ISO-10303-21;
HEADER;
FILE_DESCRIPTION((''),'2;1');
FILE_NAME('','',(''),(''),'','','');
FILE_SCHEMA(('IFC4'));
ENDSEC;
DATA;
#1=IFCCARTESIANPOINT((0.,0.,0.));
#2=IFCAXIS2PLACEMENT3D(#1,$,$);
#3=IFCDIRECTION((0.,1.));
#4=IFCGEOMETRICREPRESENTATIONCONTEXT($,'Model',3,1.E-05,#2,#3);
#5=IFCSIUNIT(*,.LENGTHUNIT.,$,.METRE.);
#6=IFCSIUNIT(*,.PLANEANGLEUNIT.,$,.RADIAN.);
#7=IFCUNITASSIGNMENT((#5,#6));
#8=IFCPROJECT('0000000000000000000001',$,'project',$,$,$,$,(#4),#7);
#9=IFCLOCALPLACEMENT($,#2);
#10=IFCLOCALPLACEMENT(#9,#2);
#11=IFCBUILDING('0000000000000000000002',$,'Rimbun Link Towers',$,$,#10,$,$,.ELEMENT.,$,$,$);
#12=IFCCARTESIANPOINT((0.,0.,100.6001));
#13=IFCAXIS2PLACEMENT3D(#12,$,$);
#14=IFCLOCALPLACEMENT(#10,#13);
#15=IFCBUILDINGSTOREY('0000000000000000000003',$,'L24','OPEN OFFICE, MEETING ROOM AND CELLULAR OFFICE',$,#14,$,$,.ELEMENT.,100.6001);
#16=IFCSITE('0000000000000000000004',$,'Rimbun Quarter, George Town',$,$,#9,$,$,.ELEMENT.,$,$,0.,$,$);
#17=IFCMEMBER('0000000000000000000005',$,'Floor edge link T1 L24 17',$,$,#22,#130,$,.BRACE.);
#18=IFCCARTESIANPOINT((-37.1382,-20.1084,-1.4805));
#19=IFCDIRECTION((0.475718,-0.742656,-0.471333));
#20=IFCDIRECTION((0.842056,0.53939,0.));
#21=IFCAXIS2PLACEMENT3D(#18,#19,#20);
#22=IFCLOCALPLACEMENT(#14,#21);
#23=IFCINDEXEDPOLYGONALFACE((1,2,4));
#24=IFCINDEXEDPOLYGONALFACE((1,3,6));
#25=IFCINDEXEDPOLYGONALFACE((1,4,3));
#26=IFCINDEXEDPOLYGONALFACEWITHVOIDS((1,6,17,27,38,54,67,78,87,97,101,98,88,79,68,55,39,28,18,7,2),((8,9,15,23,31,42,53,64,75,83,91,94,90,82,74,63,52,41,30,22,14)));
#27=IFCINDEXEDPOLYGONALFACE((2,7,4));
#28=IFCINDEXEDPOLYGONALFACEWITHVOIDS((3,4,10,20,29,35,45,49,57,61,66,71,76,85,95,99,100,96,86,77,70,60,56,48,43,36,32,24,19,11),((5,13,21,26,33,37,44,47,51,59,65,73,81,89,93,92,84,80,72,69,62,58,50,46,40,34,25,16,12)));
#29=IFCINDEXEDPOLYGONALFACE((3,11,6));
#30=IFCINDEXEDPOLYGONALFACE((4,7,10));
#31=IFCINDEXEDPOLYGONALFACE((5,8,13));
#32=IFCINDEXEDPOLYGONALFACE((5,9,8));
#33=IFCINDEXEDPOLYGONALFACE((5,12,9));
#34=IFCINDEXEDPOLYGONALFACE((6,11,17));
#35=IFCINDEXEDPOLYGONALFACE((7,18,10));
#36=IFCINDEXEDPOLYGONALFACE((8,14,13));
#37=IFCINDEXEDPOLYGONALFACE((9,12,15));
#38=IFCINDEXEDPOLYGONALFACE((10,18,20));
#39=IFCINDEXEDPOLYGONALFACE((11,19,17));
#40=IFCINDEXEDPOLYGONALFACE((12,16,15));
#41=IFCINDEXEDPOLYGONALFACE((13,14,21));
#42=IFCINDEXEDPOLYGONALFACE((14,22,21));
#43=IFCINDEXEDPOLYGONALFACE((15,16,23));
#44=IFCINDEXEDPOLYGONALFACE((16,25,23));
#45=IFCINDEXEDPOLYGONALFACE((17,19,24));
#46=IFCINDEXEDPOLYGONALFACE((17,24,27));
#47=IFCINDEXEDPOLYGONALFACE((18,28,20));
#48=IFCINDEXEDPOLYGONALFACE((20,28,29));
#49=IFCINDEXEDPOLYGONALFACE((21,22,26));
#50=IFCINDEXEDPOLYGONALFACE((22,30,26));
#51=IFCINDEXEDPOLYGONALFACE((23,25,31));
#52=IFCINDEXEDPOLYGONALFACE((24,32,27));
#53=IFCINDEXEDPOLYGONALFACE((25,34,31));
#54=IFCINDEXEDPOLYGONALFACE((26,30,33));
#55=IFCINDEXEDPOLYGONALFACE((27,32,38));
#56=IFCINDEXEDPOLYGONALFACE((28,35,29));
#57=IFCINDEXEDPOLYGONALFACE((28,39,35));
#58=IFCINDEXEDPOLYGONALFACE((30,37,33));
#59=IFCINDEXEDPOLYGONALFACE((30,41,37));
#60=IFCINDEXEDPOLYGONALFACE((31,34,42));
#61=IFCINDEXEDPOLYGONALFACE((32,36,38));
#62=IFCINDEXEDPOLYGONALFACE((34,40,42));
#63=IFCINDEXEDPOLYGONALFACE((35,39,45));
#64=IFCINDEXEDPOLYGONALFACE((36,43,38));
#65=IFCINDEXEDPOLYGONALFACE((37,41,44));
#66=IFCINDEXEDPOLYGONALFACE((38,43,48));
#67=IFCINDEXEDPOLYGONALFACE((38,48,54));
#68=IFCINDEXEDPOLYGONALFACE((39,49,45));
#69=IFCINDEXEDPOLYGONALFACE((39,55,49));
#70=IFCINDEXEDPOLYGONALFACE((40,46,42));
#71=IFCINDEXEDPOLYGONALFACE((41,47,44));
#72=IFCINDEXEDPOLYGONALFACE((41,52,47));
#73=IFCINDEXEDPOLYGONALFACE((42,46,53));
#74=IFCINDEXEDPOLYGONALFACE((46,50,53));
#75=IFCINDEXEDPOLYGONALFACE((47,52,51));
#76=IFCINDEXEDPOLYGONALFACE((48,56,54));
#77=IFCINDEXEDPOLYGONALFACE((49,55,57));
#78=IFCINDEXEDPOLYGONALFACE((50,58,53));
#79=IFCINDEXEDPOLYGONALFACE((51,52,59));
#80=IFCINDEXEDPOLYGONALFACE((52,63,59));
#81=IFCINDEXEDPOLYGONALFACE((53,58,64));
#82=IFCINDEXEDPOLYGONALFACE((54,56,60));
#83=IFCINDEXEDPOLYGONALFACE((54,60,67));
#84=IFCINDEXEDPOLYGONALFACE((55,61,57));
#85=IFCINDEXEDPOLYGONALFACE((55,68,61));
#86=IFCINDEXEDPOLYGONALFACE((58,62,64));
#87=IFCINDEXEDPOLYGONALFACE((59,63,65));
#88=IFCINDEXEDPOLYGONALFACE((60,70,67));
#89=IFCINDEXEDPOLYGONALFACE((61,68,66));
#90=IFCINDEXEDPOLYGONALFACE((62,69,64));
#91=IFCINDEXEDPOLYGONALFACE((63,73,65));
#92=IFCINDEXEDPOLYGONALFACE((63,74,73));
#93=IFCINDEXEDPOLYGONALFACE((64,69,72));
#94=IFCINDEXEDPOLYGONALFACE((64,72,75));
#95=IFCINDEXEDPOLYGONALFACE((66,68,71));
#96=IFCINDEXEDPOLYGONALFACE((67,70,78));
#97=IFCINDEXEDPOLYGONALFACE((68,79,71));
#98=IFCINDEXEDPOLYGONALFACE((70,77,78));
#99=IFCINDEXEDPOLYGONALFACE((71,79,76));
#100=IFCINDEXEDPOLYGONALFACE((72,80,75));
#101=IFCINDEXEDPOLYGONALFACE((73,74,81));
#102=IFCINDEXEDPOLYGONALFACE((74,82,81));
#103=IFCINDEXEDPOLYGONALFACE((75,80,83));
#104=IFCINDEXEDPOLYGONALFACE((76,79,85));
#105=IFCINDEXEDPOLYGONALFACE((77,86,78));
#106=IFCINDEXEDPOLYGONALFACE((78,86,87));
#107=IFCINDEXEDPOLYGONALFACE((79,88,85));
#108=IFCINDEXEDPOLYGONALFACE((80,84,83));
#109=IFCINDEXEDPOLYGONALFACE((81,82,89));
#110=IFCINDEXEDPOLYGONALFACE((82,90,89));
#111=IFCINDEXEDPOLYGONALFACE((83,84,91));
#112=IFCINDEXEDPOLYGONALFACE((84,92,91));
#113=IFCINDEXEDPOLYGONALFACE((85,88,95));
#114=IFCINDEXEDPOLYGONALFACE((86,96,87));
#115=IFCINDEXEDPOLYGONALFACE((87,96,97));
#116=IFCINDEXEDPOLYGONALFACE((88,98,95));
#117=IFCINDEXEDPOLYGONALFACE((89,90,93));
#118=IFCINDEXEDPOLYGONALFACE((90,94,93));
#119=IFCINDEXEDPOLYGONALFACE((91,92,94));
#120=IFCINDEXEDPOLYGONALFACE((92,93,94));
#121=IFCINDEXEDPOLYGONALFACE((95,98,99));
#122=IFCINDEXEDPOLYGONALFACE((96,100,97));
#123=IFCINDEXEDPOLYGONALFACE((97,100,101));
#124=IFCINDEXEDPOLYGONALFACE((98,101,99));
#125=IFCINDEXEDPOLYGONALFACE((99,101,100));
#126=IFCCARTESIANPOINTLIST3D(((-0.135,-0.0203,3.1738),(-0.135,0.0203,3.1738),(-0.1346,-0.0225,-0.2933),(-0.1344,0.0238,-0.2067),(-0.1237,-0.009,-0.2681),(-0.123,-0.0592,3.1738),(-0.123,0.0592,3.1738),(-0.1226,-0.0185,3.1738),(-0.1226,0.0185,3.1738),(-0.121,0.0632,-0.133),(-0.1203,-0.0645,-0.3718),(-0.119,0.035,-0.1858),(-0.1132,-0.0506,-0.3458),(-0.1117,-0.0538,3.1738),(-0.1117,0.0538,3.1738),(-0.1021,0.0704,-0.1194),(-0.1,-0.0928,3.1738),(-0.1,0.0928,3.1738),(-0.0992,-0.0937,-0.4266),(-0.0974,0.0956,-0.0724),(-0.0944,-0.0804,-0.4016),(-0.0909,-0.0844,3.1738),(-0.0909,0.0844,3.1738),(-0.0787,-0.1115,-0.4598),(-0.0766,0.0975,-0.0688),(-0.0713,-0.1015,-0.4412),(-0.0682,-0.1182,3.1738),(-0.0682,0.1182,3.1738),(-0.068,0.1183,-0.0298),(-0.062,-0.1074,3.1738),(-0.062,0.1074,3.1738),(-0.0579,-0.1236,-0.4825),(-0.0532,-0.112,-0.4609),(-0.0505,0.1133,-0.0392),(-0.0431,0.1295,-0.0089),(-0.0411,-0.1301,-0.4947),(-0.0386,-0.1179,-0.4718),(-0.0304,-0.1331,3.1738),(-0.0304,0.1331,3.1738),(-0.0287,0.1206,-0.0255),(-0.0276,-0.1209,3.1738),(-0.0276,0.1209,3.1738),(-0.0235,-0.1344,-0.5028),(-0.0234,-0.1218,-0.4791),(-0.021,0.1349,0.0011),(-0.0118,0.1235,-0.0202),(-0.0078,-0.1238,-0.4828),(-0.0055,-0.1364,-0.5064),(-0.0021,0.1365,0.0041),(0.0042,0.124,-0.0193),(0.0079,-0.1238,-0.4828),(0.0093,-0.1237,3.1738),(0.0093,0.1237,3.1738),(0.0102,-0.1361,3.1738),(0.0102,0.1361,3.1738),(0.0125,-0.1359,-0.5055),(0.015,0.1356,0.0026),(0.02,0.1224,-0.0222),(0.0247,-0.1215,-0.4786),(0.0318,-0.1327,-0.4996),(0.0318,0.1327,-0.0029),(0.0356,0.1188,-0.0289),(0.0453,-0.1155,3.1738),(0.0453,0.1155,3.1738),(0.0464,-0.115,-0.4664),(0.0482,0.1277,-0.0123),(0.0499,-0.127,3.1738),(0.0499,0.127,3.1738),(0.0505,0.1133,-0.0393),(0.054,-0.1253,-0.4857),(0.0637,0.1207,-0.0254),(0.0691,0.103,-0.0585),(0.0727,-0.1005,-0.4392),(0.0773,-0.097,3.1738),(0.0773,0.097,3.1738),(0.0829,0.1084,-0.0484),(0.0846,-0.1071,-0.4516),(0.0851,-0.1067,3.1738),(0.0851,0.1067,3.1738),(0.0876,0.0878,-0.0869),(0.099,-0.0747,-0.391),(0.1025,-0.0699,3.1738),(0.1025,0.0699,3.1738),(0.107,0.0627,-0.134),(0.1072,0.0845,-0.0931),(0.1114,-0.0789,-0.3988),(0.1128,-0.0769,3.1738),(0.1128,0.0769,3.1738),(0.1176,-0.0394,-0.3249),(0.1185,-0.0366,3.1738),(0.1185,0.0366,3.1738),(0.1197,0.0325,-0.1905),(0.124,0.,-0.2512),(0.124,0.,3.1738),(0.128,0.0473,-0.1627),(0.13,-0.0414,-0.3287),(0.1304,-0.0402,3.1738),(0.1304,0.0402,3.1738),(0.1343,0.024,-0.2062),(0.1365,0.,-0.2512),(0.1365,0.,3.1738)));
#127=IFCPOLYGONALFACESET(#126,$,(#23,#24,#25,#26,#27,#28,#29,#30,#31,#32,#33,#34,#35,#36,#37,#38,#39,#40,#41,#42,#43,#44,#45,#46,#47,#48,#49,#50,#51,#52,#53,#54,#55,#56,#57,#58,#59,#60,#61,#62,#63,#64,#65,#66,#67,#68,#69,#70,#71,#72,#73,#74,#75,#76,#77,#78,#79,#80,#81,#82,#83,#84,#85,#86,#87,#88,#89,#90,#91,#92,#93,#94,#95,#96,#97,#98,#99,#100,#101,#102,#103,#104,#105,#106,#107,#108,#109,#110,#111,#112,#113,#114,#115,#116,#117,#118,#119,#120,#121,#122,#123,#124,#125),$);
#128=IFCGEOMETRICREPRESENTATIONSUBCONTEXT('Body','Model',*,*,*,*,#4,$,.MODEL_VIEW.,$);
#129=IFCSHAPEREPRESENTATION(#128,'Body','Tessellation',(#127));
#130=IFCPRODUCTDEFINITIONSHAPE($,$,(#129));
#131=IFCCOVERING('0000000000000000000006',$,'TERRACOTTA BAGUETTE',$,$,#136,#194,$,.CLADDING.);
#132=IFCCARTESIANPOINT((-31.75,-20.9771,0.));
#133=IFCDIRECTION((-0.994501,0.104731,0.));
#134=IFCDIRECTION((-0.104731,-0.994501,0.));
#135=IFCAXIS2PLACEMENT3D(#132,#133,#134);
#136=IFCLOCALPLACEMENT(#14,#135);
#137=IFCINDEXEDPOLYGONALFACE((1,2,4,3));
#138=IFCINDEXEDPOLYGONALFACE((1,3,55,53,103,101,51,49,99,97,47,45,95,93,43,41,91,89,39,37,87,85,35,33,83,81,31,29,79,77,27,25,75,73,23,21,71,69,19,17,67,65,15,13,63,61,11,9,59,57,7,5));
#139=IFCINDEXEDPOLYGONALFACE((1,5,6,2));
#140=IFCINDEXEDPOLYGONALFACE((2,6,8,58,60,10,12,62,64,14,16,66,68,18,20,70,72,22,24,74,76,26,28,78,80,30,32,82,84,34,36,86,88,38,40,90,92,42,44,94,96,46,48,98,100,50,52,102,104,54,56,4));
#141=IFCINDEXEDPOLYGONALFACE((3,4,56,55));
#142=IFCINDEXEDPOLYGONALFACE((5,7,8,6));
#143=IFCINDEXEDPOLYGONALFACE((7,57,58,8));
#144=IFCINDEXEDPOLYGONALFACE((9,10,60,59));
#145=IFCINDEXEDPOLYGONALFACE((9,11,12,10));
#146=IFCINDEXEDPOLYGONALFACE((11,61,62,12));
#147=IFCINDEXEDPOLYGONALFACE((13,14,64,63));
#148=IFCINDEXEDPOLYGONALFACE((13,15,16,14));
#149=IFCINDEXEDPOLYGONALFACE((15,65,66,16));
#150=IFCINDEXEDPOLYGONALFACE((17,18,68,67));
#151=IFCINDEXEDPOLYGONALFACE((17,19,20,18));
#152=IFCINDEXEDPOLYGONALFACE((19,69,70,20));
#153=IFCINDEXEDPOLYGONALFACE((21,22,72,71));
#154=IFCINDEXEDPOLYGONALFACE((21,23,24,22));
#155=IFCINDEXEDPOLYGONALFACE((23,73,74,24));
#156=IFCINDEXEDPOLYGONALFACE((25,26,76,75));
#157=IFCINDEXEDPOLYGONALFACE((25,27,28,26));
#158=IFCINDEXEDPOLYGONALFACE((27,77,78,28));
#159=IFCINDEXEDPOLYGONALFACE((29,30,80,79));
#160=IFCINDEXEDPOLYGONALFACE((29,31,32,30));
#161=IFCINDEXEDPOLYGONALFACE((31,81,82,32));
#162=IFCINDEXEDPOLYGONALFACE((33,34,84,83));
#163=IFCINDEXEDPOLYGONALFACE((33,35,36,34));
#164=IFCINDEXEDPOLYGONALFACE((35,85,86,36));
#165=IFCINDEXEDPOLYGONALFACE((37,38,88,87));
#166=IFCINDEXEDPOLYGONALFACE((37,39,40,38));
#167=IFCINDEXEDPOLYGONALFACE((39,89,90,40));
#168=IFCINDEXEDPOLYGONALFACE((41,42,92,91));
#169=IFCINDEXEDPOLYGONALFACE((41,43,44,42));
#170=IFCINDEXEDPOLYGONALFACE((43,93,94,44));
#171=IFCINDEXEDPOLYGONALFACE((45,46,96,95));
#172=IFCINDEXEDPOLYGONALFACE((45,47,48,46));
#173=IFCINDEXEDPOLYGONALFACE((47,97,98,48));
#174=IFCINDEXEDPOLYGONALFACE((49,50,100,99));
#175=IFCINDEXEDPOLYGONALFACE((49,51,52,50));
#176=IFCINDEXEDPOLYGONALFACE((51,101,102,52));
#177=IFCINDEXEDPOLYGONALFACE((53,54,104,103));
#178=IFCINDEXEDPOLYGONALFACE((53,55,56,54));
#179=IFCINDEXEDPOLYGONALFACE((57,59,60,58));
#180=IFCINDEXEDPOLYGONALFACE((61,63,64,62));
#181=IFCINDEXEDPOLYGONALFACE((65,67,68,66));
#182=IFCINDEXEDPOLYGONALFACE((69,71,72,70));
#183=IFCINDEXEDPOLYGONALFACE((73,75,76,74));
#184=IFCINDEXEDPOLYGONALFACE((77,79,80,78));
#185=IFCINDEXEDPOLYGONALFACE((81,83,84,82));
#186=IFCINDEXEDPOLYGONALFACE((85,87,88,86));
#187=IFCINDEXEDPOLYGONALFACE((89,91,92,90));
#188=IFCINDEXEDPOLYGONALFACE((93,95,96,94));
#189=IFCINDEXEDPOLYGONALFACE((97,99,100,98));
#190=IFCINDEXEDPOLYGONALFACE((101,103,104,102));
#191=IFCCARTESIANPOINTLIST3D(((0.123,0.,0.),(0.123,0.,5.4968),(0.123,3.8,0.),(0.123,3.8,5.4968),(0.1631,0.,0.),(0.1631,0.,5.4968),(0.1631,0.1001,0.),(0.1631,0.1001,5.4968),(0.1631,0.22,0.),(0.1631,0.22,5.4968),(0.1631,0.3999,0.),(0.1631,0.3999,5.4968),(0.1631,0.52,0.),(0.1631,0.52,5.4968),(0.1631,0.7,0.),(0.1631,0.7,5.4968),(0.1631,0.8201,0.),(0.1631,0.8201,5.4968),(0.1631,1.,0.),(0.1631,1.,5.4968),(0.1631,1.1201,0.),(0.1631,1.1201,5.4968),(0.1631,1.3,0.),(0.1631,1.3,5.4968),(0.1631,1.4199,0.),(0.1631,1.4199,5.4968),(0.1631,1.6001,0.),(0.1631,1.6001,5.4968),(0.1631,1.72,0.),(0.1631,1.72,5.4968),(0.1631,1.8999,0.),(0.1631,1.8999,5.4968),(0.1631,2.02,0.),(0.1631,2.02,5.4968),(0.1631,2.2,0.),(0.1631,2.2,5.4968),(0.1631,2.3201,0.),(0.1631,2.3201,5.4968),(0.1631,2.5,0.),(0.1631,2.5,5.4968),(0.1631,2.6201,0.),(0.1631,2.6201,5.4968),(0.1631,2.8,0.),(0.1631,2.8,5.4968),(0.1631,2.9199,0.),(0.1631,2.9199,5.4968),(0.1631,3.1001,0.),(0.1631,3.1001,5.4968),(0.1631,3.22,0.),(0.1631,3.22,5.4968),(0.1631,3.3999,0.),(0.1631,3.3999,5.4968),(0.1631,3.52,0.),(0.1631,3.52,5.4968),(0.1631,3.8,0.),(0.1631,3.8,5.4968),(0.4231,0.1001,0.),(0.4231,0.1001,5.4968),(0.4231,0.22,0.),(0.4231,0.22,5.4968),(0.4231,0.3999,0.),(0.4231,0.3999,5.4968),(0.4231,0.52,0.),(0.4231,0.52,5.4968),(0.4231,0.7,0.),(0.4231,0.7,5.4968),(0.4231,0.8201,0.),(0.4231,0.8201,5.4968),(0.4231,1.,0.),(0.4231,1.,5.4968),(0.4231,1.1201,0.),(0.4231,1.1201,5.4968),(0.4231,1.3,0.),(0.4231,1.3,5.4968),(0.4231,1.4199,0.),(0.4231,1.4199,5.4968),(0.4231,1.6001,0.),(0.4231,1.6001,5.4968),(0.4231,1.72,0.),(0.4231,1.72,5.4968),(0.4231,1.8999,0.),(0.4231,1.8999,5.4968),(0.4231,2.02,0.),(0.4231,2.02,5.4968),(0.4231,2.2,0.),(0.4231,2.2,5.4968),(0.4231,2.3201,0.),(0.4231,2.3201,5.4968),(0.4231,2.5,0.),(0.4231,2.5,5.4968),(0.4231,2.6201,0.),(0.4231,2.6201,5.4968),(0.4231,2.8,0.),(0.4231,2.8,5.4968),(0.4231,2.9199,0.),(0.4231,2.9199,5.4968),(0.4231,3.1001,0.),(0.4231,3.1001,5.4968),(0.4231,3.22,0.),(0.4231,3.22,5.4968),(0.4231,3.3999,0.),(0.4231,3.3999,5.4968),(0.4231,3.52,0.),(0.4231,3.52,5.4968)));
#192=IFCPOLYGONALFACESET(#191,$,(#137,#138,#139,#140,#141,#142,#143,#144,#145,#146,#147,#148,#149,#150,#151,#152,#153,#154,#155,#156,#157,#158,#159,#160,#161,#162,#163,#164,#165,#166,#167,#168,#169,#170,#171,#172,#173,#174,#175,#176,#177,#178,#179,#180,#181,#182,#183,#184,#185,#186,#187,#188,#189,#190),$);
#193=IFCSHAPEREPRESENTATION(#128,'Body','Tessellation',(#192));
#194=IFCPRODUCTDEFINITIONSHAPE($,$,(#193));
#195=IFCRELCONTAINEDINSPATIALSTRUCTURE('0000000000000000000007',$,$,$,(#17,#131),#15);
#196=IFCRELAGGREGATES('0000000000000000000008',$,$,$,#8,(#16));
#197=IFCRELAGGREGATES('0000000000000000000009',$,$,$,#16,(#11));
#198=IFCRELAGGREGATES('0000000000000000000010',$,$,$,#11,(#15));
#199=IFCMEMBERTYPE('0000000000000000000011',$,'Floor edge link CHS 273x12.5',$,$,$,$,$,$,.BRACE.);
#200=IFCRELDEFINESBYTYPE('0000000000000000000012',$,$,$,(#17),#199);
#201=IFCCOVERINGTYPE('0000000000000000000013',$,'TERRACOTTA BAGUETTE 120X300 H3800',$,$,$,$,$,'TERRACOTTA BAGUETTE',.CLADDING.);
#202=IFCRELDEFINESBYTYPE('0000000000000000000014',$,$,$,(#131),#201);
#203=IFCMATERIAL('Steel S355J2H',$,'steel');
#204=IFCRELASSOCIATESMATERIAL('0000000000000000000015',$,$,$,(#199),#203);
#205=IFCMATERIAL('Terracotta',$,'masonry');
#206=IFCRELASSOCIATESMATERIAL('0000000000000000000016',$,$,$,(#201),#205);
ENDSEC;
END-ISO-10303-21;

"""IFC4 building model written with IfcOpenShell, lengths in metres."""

from ifc_helpers import new_model, si_unit, direction, frame, origin, origin_2d, place, context, subcontext, project, spatial, polyline, hollow_circle, outline, extrude, clip, halfspace, material, material_profile, profile_set, type_object, element, save


model = new_model("IFC4")

# Units and contexts
model_context = context("Model", 3, precision=1e-05, world=origin(), true_north=direction((0.0, 1.0)))
body_context = subcontext(model_context, "Body", "Model", "MODEL_VIEW")
ifc_project = project(units=[si_unit("LENGTHUNIT", "METRE"), si_unit("PLANEANGLEUNIT", "RADIAN")], contexts=[model_context])

# Site, building, storey
site_placement = place(None, origin())
site = spatial("IfcSite", under=ifc_project, at=site_placement, Name="Rimbun Quarter, George Town", CompositionType="ELEMENT", RefElevation=0.0)
building_placement = place(site_placement, origin())
building = spatial("IfcBuilding", under=site, at=building_placement, Name="Rimbun Link Towers", CompositionType="ELEMENT")
storey_placement = place(building_placement, frame((0.0, 0.0, 100.6001)))
storey = spatial("IfcBuildingStorey", under=building, at=storey_placement, Name="L24", Description="OPEN OFFICE, MEETING ROOM AND CELLULAR OFFICE", CompositionType="ELEMENT", Elevation=100.6001)

# Member
ifc_material_1 = material(Name="Steel S355J2H", Category="steel")
ifc_material_profile_1 = material_profile(ifc_material_1, hollow_circle(Radius=0.1365, WallThickness=0.0125, at=origin_2d()), Name="CHS 273x12.5")
ifc_profile_set_1 = profile_set([ifc_material_profile_1], Name="Steel S355J2H")
member_type_1 = type_object("IfcMemberType", Name="Floor edge link CHS 273x12.5", PredefinedType="BRACE", material=ifc_profile_set_1)
member_1_placement = place(storey_placement, frame((-37.1382, -20.1084, -1.4805), z_axis=(0.475718, -0.742656, -0.471333), x_axis=(0.842056, 0.53939, 0.0)))
element("IfcMember", 1, at=member_1_placement, inside=storey, type_object=member_type_1, Name="Floor edge link T1 L24 17", PredefinedType="BRACE", context=body_context, shape_type="Clipping", body=[
    clip(extrude(hollow_circle(Radius=0.1365, WallThickness=0.0125, at=origin_2d()), frame((0.0, 0.0, -0.532)), (0.0, 0.0, 1.0), 3.7058), halfspace(frame((0.0, 0.0, -0.2512), z_axis=(0.0, 0.881955, -0.471333)), False)),
])

# Covering
ifc_material_2 = material(Name="Terracotta", Category="masonry")
ifc_material_profile_2 = material_profile(ifc_material_2, outline(polyline([(0.123, 0.0), (0.1631, 0.0), (0.1631, 0.1001), (0.4231, 0.1001), (0.4231, 0.22), (0.1631, 0.22), (0.1631, 0.3999), (0.4231, 0.3999), (0.4231, 0.52), (0.1631, 0.52), (0.1631, 0.7), (0.4231, 0.7), (0.4231, 0.8201), (0.1631, 0.8201), (0.1631, 1.0), (0.4231, 1.0), (0.4231, 1.1201), (0.1631, 1.1201), (0.1631, 1.3), (0.4231, 1.3), (0.4231, 1.4199), (0.1631, 1.4199), (0.1631, 1.6001), (0.4231, 1.6001), (0.4231, 1.72), (0.1631, 1.72), (0.1631, 1.8999), (0.4231, 1.8999), (0.4231, 2.02), (0.1631, 2.02), (0.1631, 2.2), (0.4231, 2.2), (0.4231, 2.3201), (0.1631, 2.3201), (0.1631, 2.5), (0.4231, 2.5), (0.4231, 2.6201), (0.1631, 2.6201), (0.1631, 2.8), (0.4231, 2.8), (0.4231, 2.9199), (0.1631, 2.9199), (0.1631, 3.1001), (0.4231, 3.1001), (0.4231, 3.22), (0.1631, 3.22), (0.1631, 3.3999), (0.4231, 3.3999), (0.4231, 3.52), (0.1631, 3.52), (0.1631, 3.8), (0.123, 3.8), (0.123, 0.0)])), Name="BAGUETTE 120X300")
ifc_profile_set_2 = profile_set([ifc_material_profile_2], Name="Terracotta")
covering_type = type_object("IfcCoveringType", Name="TERRACOTTA BAGUETTE 120X300 H3800", ElementType="TERRACOTTA BAGUETTE", PredefinedType="CLADDING", material=ifc_profile_set_2)
covering_placement = place(storey_placement, frame((-31.75, -20.9771, 0.0), z_axis=(-0.994501, 0.104731, 0.0), x_axis=(-0.104731, -0.994501, 0.0)))
element("IfcCovering", 2, at=covering_placement, inside=storey, type_object=covering_type, Name="TERRACOTTA BAGUETTE", PredefinedType="CLADDING", context=body_context, shape_type="SweptSolid", body=[
    extrude(outline(polyline([(0.123, 0.0), (0.1631, 0.0), (0.1631, 0.1001), (0.4231, 0.1001), (0.4231, 0.22), (0.1631, 0.22), (0.1631, 0.3999), (0.4231, 0.3999), (0.4231, 0.52), (0.1631, 0.52), (0.1631, 0.7), (0.4231, 0.7), (0.4231, 0.8201), (0.1631, 0.8201), (0.1631, 1.0), (0.4231, 1.0), (0.4231, 1.1201), (0.1631, 1.1201), (0.1631, 1.3), (0.4231, 1.3), (0.4231, 1.4199), (0.1631, 1.4199), (0.1631, 1.6001), (0.4231, 1.6001), (0.4231, 1.72), (0.1631, 1.72), (0.1631, 1.8999), (0.4231, 1.8999), (0.4231, 2.02), (0.1631, 2.02), (0.1631, 2.2), (0.4231, 2.2), (0.4231, 2.3201), (0.1631, 2.3201), (0.1631, 2.5), (0.4231, 2.5), (0.4231, 2.6201), (0.1631, 2.6201), (0.1631, 2.8), (0.4231, 2.8), (0.4231, 2.9199), (0.1631, 2.9199), (0.1631, 3.1001), (0.4231, 3.1001), (0.4231, 3.22), (0.1631, 3.22), (0.1631, 3.3999), (0.4231, 3.3999), (0.4231, 3.52), (0.1631, 3.52), (0.1631, 3.8), (0.123, 3.8), (0.123, 0.0)])), origin(), (0.0, 0.0, 1.0), 5.4968),
])

save(model, "model.ifc")
